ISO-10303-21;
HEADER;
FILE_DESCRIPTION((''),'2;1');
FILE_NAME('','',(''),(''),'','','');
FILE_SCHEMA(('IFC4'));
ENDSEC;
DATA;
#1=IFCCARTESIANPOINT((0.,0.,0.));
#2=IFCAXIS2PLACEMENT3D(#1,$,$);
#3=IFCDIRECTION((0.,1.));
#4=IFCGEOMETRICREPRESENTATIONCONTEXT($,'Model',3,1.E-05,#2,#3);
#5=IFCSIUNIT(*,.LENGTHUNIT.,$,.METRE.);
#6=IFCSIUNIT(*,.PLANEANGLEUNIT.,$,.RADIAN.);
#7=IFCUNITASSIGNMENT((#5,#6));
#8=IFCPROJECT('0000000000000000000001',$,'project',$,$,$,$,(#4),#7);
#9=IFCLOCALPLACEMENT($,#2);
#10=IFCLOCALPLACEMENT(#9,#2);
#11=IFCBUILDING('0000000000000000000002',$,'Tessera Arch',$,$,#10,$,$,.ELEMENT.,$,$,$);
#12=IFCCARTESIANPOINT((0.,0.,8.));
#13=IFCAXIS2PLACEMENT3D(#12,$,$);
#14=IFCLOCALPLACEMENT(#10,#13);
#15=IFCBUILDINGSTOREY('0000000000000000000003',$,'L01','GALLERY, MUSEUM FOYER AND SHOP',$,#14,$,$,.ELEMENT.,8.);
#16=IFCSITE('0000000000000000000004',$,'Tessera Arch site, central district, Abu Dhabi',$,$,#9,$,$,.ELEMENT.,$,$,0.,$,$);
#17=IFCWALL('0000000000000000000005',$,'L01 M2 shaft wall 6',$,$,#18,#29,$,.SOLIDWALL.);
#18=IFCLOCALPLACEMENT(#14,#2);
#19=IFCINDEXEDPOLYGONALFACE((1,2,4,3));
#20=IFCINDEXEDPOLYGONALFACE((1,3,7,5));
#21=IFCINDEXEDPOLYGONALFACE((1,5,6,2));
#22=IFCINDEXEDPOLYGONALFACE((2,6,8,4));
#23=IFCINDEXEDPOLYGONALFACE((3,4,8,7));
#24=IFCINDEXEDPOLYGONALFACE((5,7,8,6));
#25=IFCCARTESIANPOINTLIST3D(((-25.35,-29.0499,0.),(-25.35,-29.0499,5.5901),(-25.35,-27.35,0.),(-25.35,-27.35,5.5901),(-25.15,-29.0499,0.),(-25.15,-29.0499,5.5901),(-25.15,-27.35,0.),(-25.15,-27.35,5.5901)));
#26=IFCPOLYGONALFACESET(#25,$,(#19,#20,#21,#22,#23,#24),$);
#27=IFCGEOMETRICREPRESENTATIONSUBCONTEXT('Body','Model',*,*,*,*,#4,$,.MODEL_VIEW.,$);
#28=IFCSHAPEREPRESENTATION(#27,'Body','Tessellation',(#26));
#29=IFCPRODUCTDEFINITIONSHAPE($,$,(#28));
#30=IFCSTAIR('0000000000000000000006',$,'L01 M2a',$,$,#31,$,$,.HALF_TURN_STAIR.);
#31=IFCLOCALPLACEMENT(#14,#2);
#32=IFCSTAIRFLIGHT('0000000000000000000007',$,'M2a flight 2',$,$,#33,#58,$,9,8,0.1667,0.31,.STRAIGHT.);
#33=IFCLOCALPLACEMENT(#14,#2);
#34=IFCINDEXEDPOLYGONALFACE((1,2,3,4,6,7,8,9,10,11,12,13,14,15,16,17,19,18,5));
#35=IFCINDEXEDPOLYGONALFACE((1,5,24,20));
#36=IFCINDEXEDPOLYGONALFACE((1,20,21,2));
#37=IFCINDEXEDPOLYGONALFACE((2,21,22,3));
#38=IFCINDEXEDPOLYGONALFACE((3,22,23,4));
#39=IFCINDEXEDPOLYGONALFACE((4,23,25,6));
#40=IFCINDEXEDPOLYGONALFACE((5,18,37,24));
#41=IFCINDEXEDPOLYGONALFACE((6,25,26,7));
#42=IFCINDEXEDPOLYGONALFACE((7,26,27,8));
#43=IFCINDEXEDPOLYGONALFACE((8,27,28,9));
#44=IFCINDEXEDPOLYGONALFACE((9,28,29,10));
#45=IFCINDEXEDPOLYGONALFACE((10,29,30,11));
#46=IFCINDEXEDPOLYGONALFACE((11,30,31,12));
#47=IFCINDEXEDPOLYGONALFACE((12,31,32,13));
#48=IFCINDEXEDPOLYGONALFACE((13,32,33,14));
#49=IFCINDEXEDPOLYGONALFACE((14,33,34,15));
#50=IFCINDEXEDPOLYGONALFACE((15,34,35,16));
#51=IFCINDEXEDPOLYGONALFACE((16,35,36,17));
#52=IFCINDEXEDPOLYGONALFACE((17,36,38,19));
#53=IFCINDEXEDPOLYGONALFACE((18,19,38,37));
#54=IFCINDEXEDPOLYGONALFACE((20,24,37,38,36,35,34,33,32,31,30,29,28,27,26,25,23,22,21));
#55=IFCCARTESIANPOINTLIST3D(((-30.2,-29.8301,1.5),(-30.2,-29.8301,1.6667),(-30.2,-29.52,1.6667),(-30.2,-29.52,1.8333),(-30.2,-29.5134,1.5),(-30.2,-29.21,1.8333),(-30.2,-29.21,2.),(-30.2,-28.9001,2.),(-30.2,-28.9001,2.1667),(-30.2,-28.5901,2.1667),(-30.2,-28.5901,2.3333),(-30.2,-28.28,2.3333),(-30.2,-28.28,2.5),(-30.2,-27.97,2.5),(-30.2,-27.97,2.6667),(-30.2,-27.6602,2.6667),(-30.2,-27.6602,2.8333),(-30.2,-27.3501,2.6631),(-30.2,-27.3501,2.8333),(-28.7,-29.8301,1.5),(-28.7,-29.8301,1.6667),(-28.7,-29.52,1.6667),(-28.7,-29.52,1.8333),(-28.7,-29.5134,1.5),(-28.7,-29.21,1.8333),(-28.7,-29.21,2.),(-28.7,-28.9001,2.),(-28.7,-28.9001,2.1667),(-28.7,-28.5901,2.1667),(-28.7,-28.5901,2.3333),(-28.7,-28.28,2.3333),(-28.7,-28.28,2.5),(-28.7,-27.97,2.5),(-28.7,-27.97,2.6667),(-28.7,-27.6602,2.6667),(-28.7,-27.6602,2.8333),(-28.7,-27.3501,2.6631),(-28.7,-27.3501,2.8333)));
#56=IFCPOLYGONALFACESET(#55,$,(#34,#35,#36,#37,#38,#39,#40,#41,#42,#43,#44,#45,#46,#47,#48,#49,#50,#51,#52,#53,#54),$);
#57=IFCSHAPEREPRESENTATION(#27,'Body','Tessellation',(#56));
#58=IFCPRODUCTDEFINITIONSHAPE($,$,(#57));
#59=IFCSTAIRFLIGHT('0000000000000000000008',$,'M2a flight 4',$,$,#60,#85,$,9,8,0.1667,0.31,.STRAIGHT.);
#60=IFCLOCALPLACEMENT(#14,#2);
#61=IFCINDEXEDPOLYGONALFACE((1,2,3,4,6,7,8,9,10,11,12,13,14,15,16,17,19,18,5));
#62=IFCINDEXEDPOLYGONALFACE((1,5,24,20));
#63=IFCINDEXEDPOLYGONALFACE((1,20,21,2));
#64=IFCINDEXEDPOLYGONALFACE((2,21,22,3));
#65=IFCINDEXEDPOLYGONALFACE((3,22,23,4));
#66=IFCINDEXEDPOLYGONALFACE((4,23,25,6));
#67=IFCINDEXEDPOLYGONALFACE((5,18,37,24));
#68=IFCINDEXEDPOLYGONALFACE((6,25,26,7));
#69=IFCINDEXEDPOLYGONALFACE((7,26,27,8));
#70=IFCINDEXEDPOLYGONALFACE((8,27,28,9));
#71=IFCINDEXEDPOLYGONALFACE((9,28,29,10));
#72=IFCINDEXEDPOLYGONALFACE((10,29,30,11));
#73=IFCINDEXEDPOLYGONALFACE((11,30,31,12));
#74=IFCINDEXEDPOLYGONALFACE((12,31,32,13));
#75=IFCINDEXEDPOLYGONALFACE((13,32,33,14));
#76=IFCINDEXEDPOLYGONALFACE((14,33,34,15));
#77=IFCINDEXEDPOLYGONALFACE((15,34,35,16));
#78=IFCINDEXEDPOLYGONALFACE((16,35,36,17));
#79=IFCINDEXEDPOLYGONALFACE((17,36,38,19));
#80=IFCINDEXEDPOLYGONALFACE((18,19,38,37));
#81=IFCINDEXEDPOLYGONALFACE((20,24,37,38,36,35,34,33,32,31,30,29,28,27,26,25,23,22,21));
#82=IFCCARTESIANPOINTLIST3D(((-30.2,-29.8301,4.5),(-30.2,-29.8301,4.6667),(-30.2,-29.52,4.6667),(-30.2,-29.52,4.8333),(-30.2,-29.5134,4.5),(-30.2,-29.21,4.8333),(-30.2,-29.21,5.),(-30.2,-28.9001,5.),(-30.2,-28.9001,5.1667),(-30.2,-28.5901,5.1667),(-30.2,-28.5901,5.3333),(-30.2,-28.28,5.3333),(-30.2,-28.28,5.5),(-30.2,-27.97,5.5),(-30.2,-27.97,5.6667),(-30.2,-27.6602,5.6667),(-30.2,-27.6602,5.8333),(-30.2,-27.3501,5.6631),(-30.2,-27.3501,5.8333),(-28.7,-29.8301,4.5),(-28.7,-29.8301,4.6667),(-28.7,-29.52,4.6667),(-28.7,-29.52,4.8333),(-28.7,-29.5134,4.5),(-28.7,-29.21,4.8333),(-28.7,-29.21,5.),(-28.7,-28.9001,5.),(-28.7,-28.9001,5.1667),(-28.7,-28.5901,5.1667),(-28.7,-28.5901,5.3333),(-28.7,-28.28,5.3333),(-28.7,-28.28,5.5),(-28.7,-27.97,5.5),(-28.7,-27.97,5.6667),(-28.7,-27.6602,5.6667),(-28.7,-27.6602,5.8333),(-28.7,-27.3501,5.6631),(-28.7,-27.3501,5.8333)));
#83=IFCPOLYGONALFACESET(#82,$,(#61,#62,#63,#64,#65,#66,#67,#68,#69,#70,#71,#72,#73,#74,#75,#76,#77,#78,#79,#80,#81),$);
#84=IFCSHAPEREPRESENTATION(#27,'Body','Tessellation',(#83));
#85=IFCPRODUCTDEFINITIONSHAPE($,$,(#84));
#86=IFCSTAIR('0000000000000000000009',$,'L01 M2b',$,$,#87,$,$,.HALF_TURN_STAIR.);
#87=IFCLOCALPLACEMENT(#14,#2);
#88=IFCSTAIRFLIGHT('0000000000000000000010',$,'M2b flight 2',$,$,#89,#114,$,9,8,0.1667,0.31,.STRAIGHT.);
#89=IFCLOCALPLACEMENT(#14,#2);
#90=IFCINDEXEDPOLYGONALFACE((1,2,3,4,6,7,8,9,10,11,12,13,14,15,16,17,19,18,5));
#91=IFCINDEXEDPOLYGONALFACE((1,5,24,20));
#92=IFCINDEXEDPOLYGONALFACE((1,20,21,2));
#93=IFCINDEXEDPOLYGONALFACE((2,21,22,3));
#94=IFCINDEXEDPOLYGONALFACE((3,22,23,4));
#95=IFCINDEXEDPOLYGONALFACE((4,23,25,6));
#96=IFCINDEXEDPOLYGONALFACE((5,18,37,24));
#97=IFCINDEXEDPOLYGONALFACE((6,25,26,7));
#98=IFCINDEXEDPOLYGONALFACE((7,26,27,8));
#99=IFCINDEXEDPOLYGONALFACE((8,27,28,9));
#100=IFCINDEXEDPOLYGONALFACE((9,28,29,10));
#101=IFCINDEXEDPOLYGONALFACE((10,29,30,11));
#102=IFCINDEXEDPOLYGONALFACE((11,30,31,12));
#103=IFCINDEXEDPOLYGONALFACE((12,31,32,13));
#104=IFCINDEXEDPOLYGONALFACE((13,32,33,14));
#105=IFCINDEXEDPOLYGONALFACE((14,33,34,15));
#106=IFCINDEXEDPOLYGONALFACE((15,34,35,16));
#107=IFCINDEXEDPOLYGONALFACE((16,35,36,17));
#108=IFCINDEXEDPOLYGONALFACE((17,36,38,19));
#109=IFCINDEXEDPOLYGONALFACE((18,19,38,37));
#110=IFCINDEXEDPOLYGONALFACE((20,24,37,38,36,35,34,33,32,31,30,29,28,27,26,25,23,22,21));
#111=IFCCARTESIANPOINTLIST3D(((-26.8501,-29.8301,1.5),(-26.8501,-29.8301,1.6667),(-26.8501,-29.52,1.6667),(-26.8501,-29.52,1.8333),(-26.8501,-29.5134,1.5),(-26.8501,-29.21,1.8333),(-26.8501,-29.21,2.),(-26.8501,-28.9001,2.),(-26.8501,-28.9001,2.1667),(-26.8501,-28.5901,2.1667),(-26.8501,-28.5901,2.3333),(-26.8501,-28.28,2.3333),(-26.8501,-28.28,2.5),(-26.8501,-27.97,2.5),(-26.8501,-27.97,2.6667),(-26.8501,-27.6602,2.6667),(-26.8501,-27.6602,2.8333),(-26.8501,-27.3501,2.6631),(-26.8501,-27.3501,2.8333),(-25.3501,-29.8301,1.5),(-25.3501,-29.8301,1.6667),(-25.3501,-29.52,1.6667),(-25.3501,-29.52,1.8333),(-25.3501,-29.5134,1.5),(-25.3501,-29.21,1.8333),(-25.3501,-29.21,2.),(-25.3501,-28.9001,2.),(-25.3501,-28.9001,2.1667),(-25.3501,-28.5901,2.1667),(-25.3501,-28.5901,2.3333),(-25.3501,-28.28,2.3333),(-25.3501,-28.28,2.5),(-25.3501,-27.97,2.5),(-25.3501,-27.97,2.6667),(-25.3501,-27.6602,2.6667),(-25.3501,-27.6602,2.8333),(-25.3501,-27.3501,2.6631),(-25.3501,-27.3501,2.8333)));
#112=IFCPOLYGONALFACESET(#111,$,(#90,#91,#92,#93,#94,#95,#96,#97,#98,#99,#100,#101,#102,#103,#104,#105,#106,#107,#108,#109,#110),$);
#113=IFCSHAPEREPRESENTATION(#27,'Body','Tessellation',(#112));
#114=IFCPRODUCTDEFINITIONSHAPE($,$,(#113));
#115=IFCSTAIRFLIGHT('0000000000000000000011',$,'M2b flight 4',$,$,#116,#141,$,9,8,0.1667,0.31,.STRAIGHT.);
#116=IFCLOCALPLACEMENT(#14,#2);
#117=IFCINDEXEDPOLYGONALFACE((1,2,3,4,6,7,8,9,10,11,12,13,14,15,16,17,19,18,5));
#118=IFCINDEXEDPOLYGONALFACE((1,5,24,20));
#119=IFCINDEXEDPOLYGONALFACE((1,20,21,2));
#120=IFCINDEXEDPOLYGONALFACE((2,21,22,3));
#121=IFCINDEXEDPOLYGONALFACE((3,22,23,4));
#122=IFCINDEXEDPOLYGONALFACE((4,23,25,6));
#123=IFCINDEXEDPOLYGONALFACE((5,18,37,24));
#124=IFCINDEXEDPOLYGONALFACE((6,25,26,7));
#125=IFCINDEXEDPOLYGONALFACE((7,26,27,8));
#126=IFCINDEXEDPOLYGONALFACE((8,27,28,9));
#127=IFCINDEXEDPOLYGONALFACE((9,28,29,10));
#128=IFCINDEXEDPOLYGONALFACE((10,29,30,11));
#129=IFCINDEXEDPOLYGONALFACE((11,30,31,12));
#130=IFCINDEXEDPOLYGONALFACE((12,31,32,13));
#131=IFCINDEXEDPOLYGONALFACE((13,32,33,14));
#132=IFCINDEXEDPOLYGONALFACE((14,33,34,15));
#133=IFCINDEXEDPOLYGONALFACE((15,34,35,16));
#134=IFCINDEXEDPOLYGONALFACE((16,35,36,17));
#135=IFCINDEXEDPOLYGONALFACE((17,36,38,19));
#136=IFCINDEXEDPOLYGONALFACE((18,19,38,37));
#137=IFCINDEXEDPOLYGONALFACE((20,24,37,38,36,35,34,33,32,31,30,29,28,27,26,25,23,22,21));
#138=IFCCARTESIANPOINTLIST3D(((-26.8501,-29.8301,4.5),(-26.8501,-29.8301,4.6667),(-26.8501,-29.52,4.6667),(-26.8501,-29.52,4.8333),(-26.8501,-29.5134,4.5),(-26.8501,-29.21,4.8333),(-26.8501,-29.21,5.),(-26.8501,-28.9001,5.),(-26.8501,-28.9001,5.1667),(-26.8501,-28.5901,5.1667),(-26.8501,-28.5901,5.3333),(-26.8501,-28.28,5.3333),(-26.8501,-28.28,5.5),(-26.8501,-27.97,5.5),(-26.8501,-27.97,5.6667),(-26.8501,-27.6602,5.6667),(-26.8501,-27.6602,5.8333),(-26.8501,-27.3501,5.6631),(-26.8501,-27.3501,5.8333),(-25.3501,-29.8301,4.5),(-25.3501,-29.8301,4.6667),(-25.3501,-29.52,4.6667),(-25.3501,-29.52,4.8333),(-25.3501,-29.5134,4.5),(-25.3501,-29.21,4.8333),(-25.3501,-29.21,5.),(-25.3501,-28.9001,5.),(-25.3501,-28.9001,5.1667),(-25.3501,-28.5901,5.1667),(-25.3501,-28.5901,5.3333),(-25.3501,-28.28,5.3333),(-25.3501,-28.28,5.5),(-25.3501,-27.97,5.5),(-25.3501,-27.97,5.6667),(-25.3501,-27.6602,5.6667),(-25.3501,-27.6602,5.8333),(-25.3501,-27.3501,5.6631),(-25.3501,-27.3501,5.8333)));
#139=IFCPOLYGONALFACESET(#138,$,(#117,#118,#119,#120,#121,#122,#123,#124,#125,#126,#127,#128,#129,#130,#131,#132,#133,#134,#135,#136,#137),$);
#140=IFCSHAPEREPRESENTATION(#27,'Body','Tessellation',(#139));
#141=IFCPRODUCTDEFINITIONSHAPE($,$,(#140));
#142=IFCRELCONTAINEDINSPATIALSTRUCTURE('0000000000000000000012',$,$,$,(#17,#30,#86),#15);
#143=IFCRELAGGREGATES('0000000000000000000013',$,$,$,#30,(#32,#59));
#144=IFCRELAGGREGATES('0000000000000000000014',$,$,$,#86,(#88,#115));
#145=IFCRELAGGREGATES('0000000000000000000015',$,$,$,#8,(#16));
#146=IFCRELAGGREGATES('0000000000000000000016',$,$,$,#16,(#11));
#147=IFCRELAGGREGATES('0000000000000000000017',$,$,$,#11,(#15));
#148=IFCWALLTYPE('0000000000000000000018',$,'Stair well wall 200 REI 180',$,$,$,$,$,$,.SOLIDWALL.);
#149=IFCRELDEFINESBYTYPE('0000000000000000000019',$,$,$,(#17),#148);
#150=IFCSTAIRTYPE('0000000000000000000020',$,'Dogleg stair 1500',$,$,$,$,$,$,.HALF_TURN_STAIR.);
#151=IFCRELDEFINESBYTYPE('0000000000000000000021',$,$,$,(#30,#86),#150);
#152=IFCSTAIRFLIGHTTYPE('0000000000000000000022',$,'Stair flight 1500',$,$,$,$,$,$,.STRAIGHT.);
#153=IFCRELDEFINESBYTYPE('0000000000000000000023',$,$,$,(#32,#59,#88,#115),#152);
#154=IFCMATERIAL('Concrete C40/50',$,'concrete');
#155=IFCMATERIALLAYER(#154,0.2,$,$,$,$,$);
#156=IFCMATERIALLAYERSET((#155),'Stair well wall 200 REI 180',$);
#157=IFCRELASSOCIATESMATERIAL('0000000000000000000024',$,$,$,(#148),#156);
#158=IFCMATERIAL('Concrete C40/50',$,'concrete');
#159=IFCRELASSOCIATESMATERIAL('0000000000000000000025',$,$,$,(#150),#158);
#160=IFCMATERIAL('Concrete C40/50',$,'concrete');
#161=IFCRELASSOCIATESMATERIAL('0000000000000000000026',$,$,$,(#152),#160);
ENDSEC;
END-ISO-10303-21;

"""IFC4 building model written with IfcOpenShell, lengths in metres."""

from ifc_helpers import new_model, si_unit, direction, frame, frame_2d, origin, place, context, subcontext, project, spatial, polyline, rectangle, outline, extrude, material, layer, layer_set, type_object, element, aggregate, save


model = new_model("IFC4")

# Units and contexts
model_context = context("Model", 3, precision=1e-05, world=origin(), true_north=direction((0.0, 1.0)))
body_context = subcontext(model_context, "Body", "Model", "MODEL_VIEW")
ifc_project = project(units=[si_unit("LENGTHUNIT", "METRE"), si_unit("PLANEANGLEUNIT", "RADIAN")], contexts=[model_context])

# Site, building, storey
site_placement = place(None, origin())
site = spatial("IfcSite", under=ifc_project, at=site_placement, Name="Tessera Arch site, central district, Abu Dhabi", CompositionType="ELEMENT", RefElevation=0.0)
building_placement = place(site_placement, origin())
building = spatial("IfcBuilding", under=site, at=building_placement, Name="Tessera Arch", CompositionType="ELEMENT")
storey_placement = place(building_placement, frame((0.0, 0.0, 8.0)))
storey = spatial("IfcBuildingStorey", under=building, at=storey_placement, Name="L01", Description="GALLERY, MUSEUM FOYER AND SHOP", CompositionType="ELEMENT", Elevation=8.0)

# Wall
ifc_material_1 = material(Name="Concrete C40/50", Category="concrete")
ifc_layer_1 = layer(ifc_material_1, 0.2)
ifc_layer_set_1 = layer_set([ifc_layer_1], Name="Stair well wall 200 REI 180")
wall_type_1 = type_object("IfcWallType", Name="Stair well wall 200 REI 180", PredefinedType="SOLIDWALL", material=ifc_layer_set_1)
wall_1_placement = place(storey_placement, frame((-25.25, -29.05, 0.0), z_axis=(0.0, 0.0, 1.0), x_axis=(0.0, 1.0, 0.0)))
element("IfcWall", 1, at=wall_1_placement, inside=storey, type_object=wall_type_1, Name="L01 M2 shaft wall 6", PredefinedType="SOLIDWALL", context=body_context, shape_type="SweptSolid", body=[
    extrude(rectangle(XDim=1.7, YDim=0.2, at=frame_2d((0.8501, 0.0))), origin(), (0.0, 0.0, 1.0), 5.5901),
])

# Stairs, stair flights
ifc_material_2 = material(Name="Concrete C40/50", Category="concrete")
stair_type = type_object("IfcStairType", Name="Dogleg stair 1500", PredefinedType="HALF_TURN_STAIR", material=ifc_material_2)
stair_1_placement = place(storey_placement, origin())
stair_1 = element("IfcStair", 2, at=stair_1_placement, inside=storey, type_object=stair_type, Name="L01 M2a", PredefinedType="HALF_TURN_STAIR")
ifc_material_3 = material(Name="Concrete C40/50", Category="concrete")
stair_flight_type = type_object("IfcStairFlightType", Name="Stair flight 1500", PredefinedType="STRAIGHT", material=ifc_material_3)
stair_flight_1_placement = place(storey_placement, frame((-29.45, -29.8301, 1.5), z_axis=(0.0, 0.0, 1.0), x_axis=(0.0, 1.0, 0.0)))
stair_flight_1 = element("IfcStairFlight", 3, at=stair_flight_1_placement, type_object=stair_flight_type, Name="M2a flight 2", NumberOfRisers=9, NumberOfTreads=8, PredefinedType="STRAIGHT", RiserHeight=0.1667, TreadLength=0.31, context=body_context, shape_type="SweptSolid", body=[
    extrude(outline(polyline([(0.0, 0.0), (0.0, 0.1667), (0.3101, 0.1667), (0.3101, 0.3333), (0.6201, 0.3333), (0.6201, 0.5), (0.9299, 0.5), (0.9299, 0.6667), (1.24, 0.6667), (1.24, 0.8333), (1.55, 0.8333), (1.55, 1.0), (1.8601, 1.0), (1.8601, 1.1667), (2.1699, 1.1667), (2.1699, 1.3333), (2.48, 1.3333), (2.48, 1.5), (2.48, 1.1631), (0.3167, 0.0), (0.0, 0.0)])), frame((0.0, 0.75, 0.0), z_axis=(0.0, -1.0, 0.0), x_axis=(1.0, 0.0, 0.0)), (0.0, 0.0, 1.0), 1.5),
])
stair_flight_2_placement = place(storey_placement, frame((-29.45, -29.8301, 4.5), z_axis=(0.0, 0.0, 1.0), x_axis=(0.0, 1.0, 0.0)))
stair_flight_2 = element("IfcStairFlight", 4, at=stair_flight_2_placement, type_object=stair_flight_type, Name="M2a flight 4", NumberOfRisers=9, NumberOfTreads=8, PredefinedType="STRAIGHT", RiserHeight=0.1667, TreadLength=0.31, context=body_context, shape_type="SweptSolid", body=[
    extrude(outline(polyline([(0.0, 0.0), (0.0, 0.1667), (0.3101, 0.1667), (0.3101, 0.3333), (0.6201, 0.3333), (0.6201, 0.5), (0.9299, 0.5), (0.9299, 0.6667), (1.24, 0.6667), (1.24, 0.8333), (1.55, 0.8333), (1.55, 1.0), (1.8601, 1.0), (1.8601, 1.1667), (2.1699, 1.1667), (2.1699, 1.3333), (2.48, 1.3333), (2.48, 1.5), (2.48, 1.1631), (0.3167, 0.0), (0.0, 0.0)])), frame((0.0, 0.75, 0.0), z_axis=(0.0, -1.0, 0.0), x_axis=(1.0, 0.0, 0.0)), (0.0, 0.0, 1.0), 1.5),
])
aggregate(stair_1, [stair_flight_1, stair_flight_2])
stair_2_placement = place(storey_placement, origin())
stair_2 = element("IfcStair", 5, at=stair_2_placement, inside=storey, type_object=stair_type, Name="L01 M2b", PredefinedType="HALF_TURN_STAIR")
stair_flight_3_placement = place(storey_placement, frame((-26.1001, -29.8301, 1.5), z_axis=(0.0, 0.0, 1.0), x_axis=(0.0, 1.0, 0.0)))
stair_flight_3 = element("IfcStairFlight", 6, at=stair_flight_3_placement, type_object=stair_flight_type, Name="M2b flight 2", NumberOfRisers=9, NumberOfTreads=8, PredefinedType="STRAIGHT", RiserHeight=0.1667, TreadLength=0.31, context=body_context, shape_type="SweptSolid", body=[
    extrude(outline(polyline([(0.0, 0.0), (0.0, 0.1667), (0.3101, 0.1667), (0.3101, 0.3333), (0.6201, 0.3333), (0.6201, 0.5), (0.9299, 0.5), (0.9299, 0.6667), (1.24, 0.6667), (1.24, 0.8333), (1.55, 0.8333), (1.55, 1.0), (1.8601, 1.0), (1.8601, 1.1667), (2.1699, 1.1667), (2.1699, 1.3333), (2.48, 1.3333), (2.48, 1.5), (2.48, 1.1631), (0.3167, 0.0), (0.0, 0.0)])), frame((0.0, 0.75, 0.0), z_axis=(0.0, -1.0, 0.0), x_axis=(1.0, 0.0, 0.0)), (0.0, 0.0, 1.0), 1.5),
])
stair_flight_4_placement = place(storey_placement, frame((-26.1001, -29.8301, 4.5), z_axis=(0.0, 0.0, 1.0), x_axis=(0.0, 1.0, 0.0)))
stair_flight_4 = element("IfcStairFlight", 7, at=stair_flight_4_placement, type_object=stair_flight_type, Name="M2b flight 4", NumberOfRisers=9, NumberOfTreads=8, PredefinedType="STRAIGHT", RiserHeight=0.1667, TreadLength=0.31, context=body_context, shape_type="SweptSolid", body=[
    extrude(outline(polyline([(0.0, 0.0), (0.0, 0.1667), (0.3101, 0.1667), (0.3101, 0.3333), (0.6201, 0.3333), (0.6201, 0.5), (0.9299, 0.5), (0.9299, 0.6667), (1.24, 0.6667), (1.24, 0.8333), (1.55, 0.8333), (1.55, 1.0), (1.8601, 1.0), (1.8601, 1.1667), (2.1699, 1.1667), (2.1699, 1.3333), (2.48, 1.3333), (2.48, 1.5), (2.48, 1.1631), (0.3167, 0.0), (0.0, 0.0)])), frame((0.0, 0.75, 0.0), z_axis=(0.0, -1.0, 0.0), x_axis=(1.0, 0.0, 0.0)), (0.0, 0.0, 1.0), 1.5),
])
aggregate(stair_2, [stair_flight_3, stair_flight_4])

save(model, "model.ifc")
